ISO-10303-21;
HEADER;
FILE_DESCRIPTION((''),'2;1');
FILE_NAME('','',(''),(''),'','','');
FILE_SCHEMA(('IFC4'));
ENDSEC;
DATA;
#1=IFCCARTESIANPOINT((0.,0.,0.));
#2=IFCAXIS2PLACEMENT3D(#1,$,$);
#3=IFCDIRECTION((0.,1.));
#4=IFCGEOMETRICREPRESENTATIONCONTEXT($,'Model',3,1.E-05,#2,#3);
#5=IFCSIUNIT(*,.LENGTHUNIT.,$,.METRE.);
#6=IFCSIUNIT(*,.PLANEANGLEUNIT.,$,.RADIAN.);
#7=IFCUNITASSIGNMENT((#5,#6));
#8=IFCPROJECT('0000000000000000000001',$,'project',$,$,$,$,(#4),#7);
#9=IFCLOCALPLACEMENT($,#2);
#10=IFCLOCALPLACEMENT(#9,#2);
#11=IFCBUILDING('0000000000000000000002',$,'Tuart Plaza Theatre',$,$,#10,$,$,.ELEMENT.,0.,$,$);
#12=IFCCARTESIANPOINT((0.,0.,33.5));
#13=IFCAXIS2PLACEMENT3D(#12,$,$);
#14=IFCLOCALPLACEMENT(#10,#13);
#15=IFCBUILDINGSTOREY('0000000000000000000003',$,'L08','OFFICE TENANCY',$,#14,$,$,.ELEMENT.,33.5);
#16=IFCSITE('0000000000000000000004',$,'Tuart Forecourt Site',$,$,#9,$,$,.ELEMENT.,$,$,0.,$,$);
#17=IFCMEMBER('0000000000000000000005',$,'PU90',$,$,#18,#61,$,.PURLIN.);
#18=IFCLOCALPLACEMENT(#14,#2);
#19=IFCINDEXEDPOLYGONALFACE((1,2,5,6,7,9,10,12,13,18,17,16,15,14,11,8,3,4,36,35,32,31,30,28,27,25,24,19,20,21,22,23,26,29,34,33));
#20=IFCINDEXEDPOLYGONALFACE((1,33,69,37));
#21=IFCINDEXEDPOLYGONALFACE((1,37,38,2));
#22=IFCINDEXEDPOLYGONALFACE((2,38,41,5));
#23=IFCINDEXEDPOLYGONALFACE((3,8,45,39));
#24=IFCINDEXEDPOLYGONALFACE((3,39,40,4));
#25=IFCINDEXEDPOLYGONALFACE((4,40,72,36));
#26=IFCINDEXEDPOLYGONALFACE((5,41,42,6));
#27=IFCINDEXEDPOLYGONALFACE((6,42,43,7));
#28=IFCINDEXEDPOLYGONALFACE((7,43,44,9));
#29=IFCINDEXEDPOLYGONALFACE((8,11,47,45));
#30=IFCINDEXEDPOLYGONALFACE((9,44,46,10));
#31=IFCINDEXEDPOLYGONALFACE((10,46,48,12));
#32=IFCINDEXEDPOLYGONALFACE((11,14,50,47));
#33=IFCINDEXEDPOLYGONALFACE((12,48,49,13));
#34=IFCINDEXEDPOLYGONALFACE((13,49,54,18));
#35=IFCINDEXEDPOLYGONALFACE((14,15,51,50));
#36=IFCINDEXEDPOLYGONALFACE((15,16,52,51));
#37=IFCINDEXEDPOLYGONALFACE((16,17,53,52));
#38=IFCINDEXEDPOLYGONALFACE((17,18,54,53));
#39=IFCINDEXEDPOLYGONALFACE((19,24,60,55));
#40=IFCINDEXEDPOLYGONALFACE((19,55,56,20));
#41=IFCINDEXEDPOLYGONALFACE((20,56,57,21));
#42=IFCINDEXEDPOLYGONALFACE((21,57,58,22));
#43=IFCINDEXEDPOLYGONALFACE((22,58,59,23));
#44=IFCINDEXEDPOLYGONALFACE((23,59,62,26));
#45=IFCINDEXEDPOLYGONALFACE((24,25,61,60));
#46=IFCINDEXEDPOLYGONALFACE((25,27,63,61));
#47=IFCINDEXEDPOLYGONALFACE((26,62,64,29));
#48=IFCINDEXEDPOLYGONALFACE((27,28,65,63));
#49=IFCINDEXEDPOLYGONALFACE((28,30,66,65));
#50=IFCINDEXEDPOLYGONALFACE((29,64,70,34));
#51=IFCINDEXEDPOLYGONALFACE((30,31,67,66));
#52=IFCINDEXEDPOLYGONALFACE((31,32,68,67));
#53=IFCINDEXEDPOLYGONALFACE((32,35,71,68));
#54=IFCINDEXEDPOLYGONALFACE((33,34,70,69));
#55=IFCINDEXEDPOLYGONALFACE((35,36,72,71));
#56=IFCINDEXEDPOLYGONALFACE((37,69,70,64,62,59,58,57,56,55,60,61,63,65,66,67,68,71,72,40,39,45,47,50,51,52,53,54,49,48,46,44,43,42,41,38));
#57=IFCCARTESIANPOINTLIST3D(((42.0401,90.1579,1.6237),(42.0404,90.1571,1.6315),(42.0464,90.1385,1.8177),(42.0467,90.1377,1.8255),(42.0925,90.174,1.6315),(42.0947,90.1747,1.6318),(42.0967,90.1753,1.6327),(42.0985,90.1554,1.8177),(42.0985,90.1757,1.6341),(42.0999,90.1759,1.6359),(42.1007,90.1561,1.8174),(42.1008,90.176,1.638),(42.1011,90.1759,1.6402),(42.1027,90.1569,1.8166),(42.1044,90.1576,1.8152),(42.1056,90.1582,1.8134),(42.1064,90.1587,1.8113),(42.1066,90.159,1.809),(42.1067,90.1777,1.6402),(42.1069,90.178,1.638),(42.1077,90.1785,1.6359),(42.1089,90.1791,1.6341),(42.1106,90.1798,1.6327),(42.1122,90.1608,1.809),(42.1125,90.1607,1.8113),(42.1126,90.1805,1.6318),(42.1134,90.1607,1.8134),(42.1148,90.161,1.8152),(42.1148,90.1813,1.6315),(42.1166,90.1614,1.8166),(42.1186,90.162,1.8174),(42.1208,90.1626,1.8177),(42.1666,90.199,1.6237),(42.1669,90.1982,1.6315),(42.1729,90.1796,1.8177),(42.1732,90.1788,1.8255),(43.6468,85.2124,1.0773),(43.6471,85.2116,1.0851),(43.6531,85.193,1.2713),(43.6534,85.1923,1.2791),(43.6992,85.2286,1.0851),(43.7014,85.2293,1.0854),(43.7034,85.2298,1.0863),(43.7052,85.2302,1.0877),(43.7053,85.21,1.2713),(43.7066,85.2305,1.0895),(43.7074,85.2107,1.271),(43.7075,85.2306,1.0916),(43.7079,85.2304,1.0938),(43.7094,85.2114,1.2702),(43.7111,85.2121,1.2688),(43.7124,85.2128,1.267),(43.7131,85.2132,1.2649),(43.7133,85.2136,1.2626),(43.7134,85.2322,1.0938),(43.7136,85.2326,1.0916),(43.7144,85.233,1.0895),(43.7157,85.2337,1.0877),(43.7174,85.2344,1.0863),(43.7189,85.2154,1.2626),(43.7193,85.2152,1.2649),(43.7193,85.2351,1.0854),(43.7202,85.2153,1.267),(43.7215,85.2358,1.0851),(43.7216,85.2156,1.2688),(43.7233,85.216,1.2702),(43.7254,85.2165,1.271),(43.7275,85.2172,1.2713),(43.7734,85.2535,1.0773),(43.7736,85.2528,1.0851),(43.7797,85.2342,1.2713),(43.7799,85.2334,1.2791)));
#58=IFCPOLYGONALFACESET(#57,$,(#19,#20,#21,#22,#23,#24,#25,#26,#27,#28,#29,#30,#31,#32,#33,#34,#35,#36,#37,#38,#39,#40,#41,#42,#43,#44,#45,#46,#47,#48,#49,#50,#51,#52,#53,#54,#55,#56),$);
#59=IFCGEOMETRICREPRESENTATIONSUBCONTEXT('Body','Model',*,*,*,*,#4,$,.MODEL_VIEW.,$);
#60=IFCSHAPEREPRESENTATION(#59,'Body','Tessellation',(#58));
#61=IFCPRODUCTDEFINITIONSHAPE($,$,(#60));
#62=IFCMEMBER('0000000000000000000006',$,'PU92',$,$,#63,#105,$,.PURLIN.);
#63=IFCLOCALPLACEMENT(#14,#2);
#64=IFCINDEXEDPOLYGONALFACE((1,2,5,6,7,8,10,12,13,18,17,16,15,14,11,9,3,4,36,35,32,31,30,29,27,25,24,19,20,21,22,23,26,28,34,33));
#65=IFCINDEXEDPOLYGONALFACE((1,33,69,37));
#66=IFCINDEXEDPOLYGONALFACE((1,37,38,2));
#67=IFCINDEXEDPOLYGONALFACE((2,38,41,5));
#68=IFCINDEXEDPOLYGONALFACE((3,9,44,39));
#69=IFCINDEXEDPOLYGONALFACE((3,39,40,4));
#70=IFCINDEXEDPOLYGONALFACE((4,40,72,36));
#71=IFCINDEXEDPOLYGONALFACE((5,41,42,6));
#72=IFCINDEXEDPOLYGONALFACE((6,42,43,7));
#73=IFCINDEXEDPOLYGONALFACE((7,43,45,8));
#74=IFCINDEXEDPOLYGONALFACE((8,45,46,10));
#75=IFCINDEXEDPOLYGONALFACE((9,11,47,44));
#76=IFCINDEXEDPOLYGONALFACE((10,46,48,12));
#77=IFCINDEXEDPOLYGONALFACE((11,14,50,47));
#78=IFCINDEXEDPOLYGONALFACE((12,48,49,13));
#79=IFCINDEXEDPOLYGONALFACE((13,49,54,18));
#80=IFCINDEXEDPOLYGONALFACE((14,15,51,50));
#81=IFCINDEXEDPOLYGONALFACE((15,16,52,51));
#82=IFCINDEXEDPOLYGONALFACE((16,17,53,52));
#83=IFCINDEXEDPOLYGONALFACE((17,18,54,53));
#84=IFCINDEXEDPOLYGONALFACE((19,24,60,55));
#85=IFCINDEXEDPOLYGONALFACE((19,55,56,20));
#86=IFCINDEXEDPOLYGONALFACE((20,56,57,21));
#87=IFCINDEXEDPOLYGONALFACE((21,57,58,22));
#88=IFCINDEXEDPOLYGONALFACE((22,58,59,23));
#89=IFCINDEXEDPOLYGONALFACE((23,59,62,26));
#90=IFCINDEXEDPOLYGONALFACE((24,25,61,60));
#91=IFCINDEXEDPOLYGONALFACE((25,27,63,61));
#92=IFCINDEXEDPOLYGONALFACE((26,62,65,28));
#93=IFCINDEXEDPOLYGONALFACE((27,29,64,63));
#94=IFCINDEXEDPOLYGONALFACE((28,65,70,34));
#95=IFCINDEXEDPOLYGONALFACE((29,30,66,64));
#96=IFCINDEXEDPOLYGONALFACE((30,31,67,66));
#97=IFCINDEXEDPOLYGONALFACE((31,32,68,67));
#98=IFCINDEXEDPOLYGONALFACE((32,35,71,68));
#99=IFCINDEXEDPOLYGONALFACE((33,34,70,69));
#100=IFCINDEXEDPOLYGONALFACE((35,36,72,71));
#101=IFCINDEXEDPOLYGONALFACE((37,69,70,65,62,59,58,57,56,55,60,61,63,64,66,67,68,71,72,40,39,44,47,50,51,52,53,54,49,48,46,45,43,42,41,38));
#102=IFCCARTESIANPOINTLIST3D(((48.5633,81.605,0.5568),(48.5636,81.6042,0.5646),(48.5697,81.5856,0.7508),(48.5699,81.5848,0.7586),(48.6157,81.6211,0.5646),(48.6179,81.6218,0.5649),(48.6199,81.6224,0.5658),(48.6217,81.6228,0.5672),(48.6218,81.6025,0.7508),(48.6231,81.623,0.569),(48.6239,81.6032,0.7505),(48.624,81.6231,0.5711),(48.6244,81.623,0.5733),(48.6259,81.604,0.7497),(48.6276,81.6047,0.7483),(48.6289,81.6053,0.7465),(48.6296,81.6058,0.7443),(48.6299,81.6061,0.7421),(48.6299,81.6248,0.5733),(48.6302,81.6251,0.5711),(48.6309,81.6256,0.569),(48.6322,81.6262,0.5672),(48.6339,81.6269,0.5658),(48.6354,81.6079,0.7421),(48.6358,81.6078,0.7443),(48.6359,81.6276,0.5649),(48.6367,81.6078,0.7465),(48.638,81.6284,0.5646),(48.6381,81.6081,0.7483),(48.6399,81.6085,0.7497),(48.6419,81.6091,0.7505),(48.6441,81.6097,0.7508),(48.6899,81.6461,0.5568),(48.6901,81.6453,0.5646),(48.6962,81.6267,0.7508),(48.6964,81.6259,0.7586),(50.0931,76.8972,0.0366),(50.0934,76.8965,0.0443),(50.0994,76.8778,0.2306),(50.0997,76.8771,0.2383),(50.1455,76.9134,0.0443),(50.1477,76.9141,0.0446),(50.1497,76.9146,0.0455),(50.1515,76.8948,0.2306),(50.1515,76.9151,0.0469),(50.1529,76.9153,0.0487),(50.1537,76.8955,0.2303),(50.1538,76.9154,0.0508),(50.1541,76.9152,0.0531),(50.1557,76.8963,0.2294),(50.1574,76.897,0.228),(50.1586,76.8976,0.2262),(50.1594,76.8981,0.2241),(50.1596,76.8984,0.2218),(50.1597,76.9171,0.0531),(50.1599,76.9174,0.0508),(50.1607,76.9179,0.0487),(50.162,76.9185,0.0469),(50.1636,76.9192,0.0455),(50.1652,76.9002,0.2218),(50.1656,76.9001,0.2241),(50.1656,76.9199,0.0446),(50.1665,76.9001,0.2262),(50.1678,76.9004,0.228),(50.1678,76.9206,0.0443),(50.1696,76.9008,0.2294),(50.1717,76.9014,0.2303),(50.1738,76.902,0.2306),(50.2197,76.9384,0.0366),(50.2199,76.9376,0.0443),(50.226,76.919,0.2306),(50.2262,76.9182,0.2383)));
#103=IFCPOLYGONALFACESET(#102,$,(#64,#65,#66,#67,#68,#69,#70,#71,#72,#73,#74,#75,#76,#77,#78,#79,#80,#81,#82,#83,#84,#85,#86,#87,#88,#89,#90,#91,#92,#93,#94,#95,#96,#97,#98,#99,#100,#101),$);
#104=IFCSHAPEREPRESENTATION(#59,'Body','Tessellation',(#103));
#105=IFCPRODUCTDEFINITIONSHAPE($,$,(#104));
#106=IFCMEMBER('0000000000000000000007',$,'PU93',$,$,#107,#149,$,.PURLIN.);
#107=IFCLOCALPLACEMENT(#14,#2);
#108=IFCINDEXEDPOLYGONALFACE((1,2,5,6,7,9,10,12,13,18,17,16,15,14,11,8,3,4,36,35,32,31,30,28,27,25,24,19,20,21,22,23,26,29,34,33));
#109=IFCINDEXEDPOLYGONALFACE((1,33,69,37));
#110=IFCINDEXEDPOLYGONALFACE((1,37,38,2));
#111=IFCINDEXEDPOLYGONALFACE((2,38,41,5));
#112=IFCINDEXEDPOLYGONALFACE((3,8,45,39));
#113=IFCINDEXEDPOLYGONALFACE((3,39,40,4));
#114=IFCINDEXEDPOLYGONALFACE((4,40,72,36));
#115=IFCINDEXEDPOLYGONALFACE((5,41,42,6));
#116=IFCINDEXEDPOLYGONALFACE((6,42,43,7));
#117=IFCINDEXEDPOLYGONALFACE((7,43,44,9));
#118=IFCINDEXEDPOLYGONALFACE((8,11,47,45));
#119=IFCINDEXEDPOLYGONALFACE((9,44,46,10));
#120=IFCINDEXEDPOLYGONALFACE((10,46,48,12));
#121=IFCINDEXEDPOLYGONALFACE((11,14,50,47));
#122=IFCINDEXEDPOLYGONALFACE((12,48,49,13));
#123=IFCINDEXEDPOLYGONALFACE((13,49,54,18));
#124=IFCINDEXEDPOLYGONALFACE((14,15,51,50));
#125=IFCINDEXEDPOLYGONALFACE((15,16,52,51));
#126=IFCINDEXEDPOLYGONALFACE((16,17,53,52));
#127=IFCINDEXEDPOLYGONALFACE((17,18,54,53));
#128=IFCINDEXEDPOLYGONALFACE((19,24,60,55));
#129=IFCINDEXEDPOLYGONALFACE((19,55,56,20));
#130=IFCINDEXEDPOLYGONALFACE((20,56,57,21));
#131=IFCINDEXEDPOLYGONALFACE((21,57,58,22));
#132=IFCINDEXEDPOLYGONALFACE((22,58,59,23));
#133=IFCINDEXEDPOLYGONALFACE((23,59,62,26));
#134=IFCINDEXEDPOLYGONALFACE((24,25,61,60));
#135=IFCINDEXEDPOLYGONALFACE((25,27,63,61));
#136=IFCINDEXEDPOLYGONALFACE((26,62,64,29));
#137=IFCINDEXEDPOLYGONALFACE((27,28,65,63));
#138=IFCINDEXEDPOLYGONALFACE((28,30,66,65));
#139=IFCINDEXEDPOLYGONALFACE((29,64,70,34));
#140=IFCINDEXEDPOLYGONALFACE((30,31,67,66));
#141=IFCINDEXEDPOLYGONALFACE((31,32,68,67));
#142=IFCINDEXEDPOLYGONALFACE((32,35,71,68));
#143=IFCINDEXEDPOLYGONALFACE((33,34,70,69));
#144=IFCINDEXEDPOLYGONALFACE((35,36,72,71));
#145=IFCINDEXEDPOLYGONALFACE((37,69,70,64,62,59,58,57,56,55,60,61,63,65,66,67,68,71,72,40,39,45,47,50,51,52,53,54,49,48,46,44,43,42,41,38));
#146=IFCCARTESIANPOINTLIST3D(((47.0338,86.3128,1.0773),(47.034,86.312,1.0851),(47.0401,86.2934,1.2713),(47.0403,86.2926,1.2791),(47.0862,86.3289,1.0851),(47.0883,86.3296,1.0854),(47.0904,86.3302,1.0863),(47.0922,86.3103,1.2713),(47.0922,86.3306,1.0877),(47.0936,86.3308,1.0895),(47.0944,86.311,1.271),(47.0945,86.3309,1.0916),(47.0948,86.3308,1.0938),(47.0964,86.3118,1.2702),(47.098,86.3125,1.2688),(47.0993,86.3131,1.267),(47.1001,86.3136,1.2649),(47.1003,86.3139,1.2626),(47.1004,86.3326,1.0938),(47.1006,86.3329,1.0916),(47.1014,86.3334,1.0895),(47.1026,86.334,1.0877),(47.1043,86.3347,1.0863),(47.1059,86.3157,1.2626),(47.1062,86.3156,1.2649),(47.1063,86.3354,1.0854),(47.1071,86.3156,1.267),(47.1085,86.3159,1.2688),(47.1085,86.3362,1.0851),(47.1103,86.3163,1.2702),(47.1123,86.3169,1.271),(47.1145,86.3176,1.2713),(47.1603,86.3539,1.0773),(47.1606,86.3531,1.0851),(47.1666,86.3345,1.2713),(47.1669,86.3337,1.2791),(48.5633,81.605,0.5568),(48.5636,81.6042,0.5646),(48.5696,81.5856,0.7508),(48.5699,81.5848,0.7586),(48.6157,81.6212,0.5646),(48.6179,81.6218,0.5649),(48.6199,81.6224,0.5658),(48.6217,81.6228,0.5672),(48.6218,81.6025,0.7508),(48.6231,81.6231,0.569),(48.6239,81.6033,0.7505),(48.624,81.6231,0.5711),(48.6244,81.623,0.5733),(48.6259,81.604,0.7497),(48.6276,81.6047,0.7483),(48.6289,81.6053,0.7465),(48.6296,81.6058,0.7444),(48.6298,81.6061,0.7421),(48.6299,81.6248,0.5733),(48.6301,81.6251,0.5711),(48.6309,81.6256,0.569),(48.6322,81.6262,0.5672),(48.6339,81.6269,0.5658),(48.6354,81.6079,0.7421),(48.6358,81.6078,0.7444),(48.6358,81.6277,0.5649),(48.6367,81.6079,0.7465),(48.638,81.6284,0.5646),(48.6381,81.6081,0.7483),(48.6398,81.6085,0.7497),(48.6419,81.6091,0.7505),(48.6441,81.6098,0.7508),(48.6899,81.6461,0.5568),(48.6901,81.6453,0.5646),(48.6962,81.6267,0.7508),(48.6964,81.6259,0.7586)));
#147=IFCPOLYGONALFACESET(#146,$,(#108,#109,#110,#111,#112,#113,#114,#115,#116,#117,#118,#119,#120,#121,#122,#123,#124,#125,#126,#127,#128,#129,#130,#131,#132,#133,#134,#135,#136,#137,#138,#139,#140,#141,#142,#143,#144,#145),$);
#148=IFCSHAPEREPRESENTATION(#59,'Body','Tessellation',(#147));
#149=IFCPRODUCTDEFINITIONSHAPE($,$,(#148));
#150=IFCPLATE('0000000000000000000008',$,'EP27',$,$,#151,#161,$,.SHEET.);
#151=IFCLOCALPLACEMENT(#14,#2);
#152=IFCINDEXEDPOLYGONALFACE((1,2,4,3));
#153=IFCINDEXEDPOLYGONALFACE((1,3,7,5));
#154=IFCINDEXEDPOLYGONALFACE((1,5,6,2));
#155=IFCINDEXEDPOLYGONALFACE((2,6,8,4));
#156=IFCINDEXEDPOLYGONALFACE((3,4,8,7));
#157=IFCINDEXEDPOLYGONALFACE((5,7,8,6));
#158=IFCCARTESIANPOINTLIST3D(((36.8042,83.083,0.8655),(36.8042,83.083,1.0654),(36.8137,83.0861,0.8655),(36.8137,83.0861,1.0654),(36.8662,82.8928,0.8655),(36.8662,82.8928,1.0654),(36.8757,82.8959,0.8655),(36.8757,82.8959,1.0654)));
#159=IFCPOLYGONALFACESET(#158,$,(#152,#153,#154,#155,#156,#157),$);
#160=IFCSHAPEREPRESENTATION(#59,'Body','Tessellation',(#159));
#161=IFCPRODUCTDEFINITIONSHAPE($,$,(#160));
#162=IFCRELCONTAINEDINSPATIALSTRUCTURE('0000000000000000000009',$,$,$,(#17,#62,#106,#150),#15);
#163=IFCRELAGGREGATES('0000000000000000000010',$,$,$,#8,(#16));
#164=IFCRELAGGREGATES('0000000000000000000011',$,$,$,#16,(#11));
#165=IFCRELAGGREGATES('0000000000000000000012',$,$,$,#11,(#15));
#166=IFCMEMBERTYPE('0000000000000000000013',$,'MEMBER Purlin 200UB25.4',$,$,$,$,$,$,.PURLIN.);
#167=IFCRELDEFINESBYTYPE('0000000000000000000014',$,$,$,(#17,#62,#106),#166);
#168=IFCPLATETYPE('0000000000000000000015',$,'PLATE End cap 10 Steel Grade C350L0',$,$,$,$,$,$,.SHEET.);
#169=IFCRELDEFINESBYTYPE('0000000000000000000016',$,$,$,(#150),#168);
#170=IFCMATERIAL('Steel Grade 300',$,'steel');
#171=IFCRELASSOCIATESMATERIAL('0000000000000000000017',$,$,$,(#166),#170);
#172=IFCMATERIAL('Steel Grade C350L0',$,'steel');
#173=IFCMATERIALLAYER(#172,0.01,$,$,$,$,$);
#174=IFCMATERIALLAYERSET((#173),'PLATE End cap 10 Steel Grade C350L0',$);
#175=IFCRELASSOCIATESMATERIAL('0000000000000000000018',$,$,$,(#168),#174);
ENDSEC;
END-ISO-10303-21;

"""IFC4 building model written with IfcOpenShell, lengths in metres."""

from ifc_helpers import new_model, si_unit, direction, frame, origin, origin_2d, place, context, subcontext, project, spatial, polyline, i_section, outline, extrude, material, layer, layer_set, material_profile, profile_set, type_object, element, save


model = new_model("IFC4")

# Units and contexts
model_context = context("Model", 3, precision=1e-05, world=origin(), true_north=direction((0.0, 1.0)))
body_context = subcontext(model_context, "Body", "Model", "MODEL_VIEW")
ifc_project = project(units=[si_unit("LENGTHUNIT", "METRE"), si_unit("PLANEANGLEUNIT", "RADIAN")], contexts=[model_context])

# Site, building, storey
site_placement = place(None, origin())
site = spatial("IfcSite", under=ifc_project, at=site_placement, Name="Tuart Forecourt Site", CompositionType="ELEMENT", RefElevation=0.0)
building_placement = place(site_placement, origin())
building = spatial("IfcBuilding", under=site, at=building_placement, Name="Tuart Plaza Theatre", CompositionType="ELEMENT", ElevationOfRefHeight=0.0)
storey_placement = place(building_placement, frame((0.0, 0.0, 33.5)))
storey = spatial("IfcBuildingStorey", under=building, at=storey_placement, Name="L08", Description="OFFICE TENANCY", CompositionType="ELEMENT", Elevation=33.5)

# Members
ifc_material_1 = material(Name="Steel Grade 300", Category="steel")
ifc_material_profile_1 = material_profile(ifc_material_1, i_section(OverallWidth=0.1331, OverallDepth=0.2029, WebThickness=0.0059, FlangeThickness=0.0078, FilletRadius=0.0088, at=origin_2d()), Name="200UB25.4")
ifc_profile_set_1 = profile_set([ifc_material_profile_1], Name="Steel Grade 300")
member_type_1 = type_object("IfcMemberType", Name="MEMBER Purlin 200UB25.4", PredefinedType="PURLIN", material=ifc_profile_set_1)
member_1_placement = place(storey_placement, frame((43.7134, 85.2229, 1.1782), z_axis=(-0.307301, 0.945857, 0.104504), x_axis=(-0.951064, -0.308993, 0.0)))
element("IfcMember", 1, at=member_1_placement, inside=storey, type_object=member_type_1, Name="PU90", PredefinedType="PURLIN", context=body_context, shape_type="SweptSolid", body=[
    extrude(i_section(OverallWidth=0.1331, OverallDepth=0.2029, WebThickness=0.0059, FlangeThickness=0.0078, FilletRadius=0.0088, at=origin_2d()), origin(), (0.0, 0.0, 1.0), 5.2285),
])
for number, where, z_axis, x_axis, name in (
    (2, (50.1597, 76.9077, 0.1375), (-0.30735, 0.945838, 0.104526), (-0.951048, -0.309043, 0.0), "PU92"),
    (3, (48.6299, 81.6155, 0.6577), (-0.307304, 0.945848, 0.104576), (-0.951063, -0.308998, 0.0), "PU93"),
):
    element("IfcMember", number, at=place(storey_placement, frame(where, z_axis=z_axis, x_axis=x_axis)), inside=storey, type_object=member_type_1, Name=name, PredefinedType="PURLIN", context=body_context, shape_type="SweptSolid", body=[
        extrude(i_section(OverallWidth=0.1331, OverallDepth=0.2029, WebThickness=0.0059, FlangeThickness=0.0078, FilletRadius=0.0088, at=origin_2d()), origin(), (0.0, 0.0, 1.0), 4.9773),
    ])

# Plate
ifc_material_2 = material(Name="Steel Grade C350L0", Category="steel")
ifc_layer_1 = layer(ifc_material_2, 0.01)
ifc_layer_set_1 = layer_set([ifc_layer_1], Name="PLATE End cap 10 Steel Grade C350L0")
plate_type = type_object("IfcPlateType", Name="PLATE End cap 10 Steel Grade C350L0", PredefinedType="SHEET", material=ifc_layer_set_1)
plate_placement = place(storey_placement, frame((36.8662, 82.8928, 1.0654), z_axis=(-0.950738, -0.309997, 0.0), x_axis=(-0.309997, 0.950738, 0.0)))
element("IfcPlate", 4, at=plate_placement, inside=storey, type_object=plate_type, Name="EP27", PredefinedType="SHEET", context=body_context, shape_type="SweptSolid", body=[
    extrude(outline(polyline([(0.0, 0.0), (0.2, 0.0), (0.2, 0.2), (0.0, 0.2), (0.0, 0.0)])), origin(), (0.0, 0.0, -1.0), 0.01),
])

save(model, "model.ifc")
